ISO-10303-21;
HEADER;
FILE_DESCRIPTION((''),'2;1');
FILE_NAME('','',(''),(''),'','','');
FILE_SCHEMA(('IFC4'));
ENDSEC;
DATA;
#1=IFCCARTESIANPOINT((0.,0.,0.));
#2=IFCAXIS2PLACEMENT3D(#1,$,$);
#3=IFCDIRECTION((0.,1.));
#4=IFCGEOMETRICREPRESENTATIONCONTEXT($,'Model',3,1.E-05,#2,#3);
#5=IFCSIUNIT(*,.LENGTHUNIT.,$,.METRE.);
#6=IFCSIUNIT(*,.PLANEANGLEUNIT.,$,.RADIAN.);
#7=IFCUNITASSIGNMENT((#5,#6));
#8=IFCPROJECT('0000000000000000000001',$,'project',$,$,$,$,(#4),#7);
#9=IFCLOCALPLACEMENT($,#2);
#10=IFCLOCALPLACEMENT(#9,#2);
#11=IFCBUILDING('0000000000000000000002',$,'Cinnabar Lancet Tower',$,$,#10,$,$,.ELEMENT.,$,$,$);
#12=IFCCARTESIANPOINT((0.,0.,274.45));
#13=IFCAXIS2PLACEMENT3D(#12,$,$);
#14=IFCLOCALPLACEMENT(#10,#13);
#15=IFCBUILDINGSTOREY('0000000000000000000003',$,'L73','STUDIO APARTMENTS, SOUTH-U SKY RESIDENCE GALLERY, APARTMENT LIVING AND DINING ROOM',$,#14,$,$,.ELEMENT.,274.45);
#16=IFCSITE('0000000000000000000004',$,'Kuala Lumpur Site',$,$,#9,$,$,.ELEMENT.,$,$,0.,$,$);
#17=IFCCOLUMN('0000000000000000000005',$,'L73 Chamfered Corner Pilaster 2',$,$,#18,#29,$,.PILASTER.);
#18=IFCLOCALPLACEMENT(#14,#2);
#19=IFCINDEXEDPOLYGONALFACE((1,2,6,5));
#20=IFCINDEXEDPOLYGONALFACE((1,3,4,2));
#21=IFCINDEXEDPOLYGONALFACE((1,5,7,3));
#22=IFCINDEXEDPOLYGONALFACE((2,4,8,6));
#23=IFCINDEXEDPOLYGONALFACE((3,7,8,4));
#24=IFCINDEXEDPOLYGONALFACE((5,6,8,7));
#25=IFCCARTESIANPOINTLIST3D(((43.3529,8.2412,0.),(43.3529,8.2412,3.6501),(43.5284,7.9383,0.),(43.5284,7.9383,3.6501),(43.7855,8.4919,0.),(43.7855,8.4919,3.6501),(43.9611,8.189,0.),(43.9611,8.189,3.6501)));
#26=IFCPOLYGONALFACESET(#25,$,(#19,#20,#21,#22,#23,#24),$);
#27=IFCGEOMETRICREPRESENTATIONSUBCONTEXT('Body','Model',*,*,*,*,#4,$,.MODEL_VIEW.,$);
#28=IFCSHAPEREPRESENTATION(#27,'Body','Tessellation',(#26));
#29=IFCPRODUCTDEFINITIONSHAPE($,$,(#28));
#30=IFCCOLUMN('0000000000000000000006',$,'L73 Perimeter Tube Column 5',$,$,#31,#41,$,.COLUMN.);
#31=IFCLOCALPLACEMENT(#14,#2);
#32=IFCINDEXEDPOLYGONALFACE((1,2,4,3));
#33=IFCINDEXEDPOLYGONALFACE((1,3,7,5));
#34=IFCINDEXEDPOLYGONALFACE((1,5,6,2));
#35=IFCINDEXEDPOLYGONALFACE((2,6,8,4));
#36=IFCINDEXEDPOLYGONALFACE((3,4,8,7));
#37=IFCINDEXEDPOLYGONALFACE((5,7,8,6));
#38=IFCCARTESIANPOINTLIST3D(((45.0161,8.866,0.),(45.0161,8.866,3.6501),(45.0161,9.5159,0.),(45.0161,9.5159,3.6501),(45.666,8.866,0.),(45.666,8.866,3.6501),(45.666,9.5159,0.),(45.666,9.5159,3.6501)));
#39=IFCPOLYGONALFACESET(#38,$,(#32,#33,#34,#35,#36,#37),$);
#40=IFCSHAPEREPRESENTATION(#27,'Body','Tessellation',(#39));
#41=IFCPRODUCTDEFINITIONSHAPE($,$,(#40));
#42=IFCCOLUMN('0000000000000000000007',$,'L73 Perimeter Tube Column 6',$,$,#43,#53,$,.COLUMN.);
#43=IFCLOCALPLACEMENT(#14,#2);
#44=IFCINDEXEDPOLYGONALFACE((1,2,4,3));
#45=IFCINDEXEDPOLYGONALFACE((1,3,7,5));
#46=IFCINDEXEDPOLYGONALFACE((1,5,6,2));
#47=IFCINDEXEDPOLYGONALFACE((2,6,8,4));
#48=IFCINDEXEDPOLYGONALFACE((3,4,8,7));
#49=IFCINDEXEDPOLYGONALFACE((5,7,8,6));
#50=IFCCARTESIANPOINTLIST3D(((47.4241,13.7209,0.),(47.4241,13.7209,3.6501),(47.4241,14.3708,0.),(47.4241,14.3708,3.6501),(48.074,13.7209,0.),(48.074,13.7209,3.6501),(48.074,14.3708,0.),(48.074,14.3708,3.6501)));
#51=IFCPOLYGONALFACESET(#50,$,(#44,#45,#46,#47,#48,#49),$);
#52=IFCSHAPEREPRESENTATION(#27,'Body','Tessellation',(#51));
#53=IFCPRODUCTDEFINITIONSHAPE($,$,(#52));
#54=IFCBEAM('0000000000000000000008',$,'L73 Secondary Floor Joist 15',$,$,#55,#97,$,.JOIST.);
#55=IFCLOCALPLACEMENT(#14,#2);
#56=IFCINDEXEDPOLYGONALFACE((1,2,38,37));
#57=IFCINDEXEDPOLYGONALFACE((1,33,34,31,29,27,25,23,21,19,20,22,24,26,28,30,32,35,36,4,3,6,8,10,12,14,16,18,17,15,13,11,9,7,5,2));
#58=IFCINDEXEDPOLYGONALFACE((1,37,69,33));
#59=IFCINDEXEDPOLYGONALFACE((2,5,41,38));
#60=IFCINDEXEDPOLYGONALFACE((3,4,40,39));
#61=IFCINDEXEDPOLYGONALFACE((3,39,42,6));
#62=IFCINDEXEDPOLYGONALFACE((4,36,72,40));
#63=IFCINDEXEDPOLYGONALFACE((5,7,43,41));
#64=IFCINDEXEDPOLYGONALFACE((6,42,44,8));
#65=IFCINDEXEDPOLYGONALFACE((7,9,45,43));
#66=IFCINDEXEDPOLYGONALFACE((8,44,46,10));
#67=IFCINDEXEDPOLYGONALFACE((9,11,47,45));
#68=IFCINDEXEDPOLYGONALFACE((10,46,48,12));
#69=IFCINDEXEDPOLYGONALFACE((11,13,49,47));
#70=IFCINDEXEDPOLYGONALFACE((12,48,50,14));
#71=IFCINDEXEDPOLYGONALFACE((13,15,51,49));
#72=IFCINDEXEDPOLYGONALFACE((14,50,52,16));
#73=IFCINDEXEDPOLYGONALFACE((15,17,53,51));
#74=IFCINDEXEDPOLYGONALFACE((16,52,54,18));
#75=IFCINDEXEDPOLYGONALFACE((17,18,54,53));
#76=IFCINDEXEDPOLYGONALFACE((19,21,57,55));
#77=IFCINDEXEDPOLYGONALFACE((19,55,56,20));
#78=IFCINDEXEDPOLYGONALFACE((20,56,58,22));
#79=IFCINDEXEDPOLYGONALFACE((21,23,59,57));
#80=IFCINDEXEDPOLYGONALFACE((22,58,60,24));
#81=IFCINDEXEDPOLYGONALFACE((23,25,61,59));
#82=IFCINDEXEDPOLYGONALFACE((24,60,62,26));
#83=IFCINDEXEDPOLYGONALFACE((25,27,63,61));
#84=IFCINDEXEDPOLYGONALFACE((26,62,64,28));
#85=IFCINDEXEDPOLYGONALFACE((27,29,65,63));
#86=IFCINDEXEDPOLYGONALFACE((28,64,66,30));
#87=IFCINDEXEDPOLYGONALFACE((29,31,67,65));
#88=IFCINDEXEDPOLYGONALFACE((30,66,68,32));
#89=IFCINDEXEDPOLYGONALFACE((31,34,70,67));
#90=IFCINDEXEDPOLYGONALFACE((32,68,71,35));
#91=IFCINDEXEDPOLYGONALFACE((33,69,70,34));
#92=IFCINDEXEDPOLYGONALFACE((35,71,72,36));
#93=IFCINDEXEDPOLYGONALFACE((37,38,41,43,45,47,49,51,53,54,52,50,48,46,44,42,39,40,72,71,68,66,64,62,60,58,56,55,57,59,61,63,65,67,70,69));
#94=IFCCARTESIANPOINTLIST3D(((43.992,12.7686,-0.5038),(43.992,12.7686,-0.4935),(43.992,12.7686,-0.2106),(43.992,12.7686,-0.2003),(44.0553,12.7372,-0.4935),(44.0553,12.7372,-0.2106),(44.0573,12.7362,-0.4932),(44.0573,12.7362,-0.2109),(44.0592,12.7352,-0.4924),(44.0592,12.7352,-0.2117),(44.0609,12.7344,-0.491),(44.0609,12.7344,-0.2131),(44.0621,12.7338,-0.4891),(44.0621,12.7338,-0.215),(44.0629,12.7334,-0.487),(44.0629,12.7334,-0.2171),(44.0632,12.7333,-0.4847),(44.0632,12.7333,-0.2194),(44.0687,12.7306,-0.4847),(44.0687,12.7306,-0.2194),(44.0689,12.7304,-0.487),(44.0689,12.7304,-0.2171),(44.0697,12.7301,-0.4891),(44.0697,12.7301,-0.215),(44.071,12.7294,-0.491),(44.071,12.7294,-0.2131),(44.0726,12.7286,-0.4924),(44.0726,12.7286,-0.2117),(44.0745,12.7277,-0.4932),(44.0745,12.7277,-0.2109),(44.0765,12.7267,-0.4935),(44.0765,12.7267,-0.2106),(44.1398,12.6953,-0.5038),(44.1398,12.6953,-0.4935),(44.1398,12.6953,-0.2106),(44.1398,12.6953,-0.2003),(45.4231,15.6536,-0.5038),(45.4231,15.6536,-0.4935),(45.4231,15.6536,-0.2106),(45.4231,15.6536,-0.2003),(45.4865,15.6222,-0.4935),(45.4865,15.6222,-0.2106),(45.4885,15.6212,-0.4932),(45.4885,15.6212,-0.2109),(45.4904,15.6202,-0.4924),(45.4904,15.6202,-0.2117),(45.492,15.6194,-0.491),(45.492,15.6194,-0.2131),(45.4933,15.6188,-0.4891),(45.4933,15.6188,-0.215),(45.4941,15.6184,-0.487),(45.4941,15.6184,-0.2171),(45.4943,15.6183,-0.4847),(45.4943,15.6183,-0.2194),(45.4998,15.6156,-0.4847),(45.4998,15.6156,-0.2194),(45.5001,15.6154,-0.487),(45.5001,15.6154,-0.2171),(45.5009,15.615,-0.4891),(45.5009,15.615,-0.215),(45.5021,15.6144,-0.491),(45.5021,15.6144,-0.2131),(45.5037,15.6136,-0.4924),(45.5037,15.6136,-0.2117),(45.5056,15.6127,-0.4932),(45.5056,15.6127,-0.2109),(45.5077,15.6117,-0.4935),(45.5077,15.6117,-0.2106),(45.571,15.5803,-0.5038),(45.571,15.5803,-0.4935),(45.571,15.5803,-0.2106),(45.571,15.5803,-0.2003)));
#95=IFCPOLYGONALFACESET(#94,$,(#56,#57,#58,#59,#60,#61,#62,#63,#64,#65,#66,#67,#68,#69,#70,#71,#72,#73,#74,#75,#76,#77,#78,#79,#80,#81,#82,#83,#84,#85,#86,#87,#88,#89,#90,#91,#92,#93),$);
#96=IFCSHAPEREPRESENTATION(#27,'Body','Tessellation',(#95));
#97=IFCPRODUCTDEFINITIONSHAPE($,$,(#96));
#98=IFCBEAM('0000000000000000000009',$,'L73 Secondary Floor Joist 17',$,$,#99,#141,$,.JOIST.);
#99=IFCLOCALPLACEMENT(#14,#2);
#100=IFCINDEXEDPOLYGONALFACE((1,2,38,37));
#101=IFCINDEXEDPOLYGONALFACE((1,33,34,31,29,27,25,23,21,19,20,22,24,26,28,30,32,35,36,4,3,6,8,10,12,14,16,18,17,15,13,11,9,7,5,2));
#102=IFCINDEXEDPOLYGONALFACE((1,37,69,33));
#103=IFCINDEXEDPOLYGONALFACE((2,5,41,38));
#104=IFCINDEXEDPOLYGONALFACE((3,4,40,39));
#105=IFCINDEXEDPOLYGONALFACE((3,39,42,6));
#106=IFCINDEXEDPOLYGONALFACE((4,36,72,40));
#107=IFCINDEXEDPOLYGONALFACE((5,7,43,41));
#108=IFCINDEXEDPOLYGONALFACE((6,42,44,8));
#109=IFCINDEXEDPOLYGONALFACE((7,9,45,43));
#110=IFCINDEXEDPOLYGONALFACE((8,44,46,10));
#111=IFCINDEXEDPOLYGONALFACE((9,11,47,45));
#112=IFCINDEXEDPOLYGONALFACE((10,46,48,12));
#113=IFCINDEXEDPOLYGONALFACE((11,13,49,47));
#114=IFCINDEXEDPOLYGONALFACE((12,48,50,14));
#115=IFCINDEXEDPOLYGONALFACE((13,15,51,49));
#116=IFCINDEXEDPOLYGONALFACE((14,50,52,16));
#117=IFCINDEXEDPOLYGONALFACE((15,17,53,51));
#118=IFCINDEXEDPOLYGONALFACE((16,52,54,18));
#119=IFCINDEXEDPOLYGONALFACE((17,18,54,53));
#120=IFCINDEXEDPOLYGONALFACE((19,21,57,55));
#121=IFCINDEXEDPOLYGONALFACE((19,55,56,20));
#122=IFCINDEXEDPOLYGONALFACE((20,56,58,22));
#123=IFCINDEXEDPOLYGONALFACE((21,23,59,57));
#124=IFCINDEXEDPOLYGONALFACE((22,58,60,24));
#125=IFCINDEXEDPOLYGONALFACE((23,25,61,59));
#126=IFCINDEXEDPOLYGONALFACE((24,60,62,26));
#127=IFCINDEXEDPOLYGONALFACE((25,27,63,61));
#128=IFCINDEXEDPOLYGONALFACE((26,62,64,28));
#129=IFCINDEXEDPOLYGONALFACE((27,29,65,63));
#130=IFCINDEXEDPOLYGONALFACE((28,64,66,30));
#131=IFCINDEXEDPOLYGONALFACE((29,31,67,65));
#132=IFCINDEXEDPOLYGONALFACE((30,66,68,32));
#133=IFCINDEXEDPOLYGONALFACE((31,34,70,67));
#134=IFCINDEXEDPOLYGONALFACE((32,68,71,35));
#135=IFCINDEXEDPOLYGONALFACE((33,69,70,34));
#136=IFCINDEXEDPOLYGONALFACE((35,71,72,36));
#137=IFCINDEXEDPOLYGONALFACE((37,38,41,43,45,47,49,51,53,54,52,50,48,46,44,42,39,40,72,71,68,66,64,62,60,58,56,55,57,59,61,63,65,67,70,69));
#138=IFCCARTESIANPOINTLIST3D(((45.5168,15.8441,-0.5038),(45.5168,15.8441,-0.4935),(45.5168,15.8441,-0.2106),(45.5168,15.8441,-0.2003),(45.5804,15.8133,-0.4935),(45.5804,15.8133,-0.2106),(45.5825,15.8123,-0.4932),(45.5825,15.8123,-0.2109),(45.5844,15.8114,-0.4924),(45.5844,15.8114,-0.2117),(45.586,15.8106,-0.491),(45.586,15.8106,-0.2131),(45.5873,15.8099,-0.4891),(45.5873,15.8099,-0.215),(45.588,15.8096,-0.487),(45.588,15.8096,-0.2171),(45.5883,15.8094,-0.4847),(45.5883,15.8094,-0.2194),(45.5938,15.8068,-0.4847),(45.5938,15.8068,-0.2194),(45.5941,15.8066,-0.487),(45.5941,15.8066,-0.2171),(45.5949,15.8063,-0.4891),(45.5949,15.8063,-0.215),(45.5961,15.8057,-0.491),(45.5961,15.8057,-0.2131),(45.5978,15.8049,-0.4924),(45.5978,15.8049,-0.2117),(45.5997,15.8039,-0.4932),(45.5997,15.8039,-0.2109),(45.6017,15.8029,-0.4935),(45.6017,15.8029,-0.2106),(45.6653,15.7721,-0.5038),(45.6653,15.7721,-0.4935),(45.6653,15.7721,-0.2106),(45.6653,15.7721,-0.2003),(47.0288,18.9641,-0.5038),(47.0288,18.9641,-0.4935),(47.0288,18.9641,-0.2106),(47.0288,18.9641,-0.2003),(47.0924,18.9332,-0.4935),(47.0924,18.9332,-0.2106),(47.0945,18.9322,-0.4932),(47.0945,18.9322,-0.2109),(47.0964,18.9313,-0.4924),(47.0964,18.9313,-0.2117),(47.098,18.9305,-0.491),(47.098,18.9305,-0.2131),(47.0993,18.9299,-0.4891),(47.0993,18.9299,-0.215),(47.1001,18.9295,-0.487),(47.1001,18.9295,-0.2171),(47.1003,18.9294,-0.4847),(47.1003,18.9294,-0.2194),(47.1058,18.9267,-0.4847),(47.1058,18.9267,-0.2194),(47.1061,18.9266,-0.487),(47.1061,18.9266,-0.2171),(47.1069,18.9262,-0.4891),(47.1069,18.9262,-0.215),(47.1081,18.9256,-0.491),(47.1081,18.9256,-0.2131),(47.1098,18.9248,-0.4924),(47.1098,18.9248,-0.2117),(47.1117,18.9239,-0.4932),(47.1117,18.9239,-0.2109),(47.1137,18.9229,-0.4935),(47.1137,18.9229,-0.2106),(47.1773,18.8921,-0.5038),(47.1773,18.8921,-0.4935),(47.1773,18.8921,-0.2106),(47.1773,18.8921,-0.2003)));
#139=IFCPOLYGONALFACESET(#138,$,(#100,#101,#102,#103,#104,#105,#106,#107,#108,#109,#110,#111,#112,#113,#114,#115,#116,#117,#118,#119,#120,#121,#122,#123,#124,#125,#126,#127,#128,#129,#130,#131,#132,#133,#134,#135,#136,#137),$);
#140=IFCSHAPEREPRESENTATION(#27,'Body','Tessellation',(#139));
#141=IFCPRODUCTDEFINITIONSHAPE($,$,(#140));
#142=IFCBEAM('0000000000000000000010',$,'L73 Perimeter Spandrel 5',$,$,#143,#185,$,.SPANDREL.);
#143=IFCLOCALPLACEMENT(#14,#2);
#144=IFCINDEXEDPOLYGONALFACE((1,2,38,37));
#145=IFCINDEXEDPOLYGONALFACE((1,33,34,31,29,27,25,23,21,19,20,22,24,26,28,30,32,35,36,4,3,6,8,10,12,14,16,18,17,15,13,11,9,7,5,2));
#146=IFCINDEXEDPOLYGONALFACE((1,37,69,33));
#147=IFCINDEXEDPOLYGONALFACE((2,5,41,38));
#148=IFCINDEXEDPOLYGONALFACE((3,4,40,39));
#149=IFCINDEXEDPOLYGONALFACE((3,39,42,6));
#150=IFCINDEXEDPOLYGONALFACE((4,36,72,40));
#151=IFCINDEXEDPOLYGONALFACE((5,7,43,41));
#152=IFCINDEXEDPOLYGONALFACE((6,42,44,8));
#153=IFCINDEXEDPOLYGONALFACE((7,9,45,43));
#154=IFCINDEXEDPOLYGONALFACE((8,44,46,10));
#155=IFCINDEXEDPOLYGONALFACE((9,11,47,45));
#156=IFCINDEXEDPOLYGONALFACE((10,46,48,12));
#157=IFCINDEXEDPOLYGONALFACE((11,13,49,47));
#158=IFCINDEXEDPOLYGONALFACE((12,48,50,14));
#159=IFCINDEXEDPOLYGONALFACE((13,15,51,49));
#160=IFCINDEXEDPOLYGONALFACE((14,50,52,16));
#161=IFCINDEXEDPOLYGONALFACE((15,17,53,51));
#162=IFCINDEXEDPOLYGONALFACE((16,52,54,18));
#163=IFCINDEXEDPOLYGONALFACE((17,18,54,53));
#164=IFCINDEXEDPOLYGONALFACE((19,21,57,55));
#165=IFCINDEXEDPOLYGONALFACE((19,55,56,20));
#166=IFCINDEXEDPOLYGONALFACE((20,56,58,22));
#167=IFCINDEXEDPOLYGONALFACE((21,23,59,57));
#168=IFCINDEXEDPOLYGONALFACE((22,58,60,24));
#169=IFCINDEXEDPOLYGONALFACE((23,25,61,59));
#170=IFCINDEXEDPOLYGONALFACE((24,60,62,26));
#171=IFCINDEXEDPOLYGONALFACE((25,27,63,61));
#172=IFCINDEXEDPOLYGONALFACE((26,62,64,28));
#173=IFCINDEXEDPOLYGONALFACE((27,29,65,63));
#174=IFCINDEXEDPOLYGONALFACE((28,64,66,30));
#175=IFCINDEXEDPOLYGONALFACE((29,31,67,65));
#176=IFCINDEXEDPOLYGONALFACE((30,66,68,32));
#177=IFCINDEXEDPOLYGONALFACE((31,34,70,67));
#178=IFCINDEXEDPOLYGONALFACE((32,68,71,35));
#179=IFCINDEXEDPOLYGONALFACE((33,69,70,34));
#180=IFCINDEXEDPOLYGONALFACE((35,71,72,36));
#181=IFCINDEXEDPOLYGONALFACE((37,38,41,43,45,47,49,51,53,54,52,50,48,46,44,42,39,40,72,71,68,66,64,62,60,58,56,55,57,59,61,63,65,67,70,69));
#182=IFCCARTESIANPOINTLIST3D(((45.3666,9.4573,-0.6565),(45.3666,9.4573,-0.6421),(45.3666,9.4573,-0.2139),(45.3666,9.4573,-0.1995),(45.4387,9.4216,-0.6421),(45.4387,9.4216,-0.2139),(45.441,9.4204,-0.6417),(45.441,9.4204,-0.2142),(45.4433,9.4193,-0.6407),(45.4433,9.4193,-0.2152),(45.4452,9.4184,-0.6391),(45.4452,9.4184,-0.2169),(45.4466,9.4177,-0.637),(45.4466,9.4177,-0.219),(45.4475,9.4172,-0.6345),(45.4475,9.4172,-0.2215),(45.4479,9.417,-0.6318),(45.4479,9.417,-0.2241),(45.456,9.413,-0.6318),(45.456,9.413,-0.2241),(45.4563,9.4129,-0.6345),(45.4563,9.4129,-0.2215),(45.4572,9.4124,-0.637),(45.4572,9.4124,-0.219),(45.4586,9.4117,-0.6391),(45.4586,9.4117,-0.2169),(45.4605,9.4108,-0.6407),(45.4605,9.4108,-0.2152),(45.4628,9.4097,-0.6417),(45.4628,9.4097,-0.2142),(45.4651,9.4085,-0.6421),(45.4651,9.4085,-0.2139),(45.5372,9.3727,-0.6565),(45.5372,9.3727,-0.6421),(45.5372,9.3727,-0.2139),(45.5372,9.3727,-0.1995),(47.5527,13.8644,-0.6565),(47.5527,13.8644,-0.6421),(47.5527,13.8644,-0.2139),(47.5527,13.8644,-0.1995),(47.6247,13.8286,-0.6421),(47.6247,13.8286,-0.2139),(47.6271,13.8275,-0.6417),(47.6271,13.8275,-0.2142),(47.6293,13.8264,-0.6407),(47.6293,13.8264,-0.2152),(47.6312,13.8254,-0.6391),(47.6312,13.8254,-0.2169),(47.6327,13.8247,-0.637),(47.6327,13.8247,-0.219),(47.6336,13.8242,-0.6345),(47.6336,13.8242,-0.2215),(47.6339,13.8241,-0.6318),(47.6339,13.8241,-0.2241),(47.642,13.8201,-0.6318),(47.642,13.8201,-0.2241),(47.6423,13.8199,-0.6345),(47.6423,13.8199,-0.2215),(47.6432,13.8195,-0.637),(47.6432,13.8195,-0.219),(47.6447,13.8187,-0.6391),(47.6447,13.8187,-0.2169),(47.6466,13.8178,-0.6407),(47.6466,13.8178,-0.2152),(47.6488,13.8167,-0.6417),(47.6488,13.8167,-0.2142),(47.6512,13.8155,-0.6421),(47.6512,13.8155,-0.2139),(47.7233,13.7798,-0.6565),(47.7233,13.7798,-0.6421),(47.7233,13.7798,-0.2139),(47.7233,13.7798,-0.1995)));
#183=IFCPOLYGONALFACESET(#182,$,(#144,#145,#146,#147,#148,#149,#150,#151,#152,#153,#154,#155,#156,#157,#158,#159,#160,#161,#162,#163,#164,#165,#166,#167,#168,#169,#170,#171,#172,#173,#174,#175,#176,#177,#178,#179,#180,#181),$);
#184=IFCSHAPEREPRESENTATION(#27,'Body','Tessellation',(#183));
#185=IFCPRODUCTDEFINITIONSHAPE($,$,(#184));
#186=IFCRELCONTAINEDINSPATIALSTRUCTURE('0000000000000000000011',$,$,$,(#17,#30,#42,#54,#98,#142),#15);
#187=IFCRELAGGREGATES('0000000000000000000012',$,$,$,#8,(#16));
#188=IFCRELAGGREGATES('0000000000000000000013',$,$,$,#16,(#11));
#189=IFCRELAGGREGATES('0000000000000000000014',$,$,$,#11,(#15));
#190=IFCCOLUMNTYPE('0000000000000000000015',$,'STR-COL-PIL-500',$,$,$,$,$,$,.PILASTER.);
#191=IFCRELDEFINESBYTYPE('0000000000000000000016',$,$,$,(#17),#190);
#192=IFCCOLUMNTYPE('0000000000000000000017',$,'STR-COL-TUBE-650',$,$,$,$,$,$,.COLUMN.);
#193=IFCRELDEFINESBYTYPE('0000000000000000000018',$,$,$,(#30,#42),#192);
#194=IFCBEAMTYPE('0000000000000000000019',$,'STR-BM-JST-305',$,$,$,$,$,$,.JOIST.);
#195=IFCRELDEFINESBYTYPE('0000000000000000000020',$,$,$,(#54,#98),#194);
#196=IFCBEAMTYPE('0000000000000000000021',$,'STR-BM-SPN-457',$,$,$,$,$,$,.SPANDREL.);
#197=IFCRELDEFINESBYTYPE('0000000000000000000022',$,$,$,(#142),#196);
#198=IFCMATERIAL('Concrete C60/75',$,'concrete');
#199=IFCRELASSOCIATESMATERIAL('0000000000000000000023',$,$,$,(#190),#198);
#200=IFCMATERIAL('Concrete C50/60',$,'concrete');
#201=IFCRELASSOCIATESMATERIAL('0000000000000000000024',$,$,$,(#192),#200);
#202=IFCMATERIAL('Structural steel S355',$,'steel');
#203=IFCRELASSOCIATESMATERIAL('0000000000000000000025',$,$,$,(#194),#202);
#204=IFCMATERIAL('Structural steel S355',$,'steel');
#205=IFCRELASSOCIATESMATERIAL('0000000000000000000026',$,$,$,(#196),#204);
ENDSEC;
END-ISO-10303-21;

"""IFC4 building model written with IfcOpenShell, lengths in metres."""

from ifc_helpers import new_model, si_unit, direction, frame, origin, origin_2d, place, context, subcontext, project, spatial, rectangle, i_section, extrude, material, material_profile, profile_set, type_object, element, save


model = new_model("IFC4")

# Units and contexts
model_context = context("Model", 3, precision=1e-05, world=origin(), true_north=direction((0.0, 1.0)))
body_context = subcontext(model_context, "Body", "Model", "MODEL_VIEW")
ifc_project = project(units=[si_unit("LENGTHUNIT", "METRE"), si_unit("PLANEANGLEUNIT", "RADIAN")], contexts=[model_context])

# Site, building, storey
site_placement = place(None, origin())
site = spatial("IfcSite", under=ifc_project, at=site_placement, Name="Kuala Lumpur Site", CompositionType="ELEMENT", RefElevation=0.0)
building_placement = place(site_placement, origin())
building = spatial("IfcBuilding", under=site, at=building_placement, Name="Cinnabar Lancet Tower", CompositionType="ELEMENT")
storey_placement = place(building_placement, frame((0.0, 0.0, 274.45)))
storey = spatial("IfcBuildingStorey", under=building, at=storey_placement, Name="L73", Description="STUDIO APARTMENTS, SOUTH-U SKY RESIDENCE GALLERY, APARTMENT LIVING AND DINING ROOM", CompositionType="ELEMENT", Elevation=274.45)

# Columns
ifc_material_1 = material(Name="Concrete C60/75", Category="concrete")
ifc_material_profile_1 = material_profile(ifc_material_1, rectangle(XDim=0.5, YDim=0.3501, at=origin_2d()), Name="RC-PIL 500x350")
ifc_profile_set_1 = profile_set([ifc_material_profile_1], Name="Concrete C60/75")
column_type_1 = type_object("IfcColumnType", Name="STR-COL-PIL-500", PredefinedType="PILASTER", material=ifc_profile_set_1)
column_placement = place(storey_placement, frame((43.657, 8.2151, 0.0), z_axis=(0.0, 0.0, 1.0), x_axis=(0.865256, 0.50133, 0.0)))
element("IfcColumn", 1, at=column_placement, inside=storey, type_object=column_type_1, Name="L73 Chamfered Corner Pilaster 2", PredefinedType="PILASTER", context=body_context, shape_type="SweptSolid", body=[
    extrude(rectangle(XDim=0.5, YDim=0.3501, at=origin_2d()), origin(), (0.0, 0.0, 1.0), 3.6501),
])
ifc_material_2 = material(Name="Concrete C50/60", Category="concrete")
ifc_material_profile_2 = material_profile(ifc_material_2, rectangle(XDim=0.6499, YDim=0.6499, at=origin_2d()), Name="RC-COL 650x650")
ifc_profile_set_2 = profile_set([ifc_material_profile_2], Name="Concrete C50/60")
column_type_2 = type_object("IfcColumnType", Name="STR-COL-TUBE-650", PredefinedType="COLUMN", material=ifc_profile_set_2)
for number, where, z_axis, x_axis, name in (
    (2, (45.3411, 9.1909, 0.0), (0.0, 0.0, 1.0), (1.0, 0.0, 0.0), "L73 Perimeter Tube Column 5"),
    (3, (47.749, 14.0459, 0.0), (0.0, 0.0, 1.0), (1.0, 0.0, 0.0), "L73 Perimeter Tube Column 6"),
):
    element("IfcColumn", number, at=place(storey_placement, frame(where, z_axis=z_axis, x_axis=x_axis)), inside=storey, type_object=column_type_2, Name=name, PredefinedType="COLUMN", context=body_context, shape_type="SweptSolid", body=[
        extrude(rectangle(XDim=0.6499, YDim=0.6499, at=origin_2d()), origin(), (0.0, 0.0, 1.0), 3.6501),
    ])

# Beams
ifc_material_3 = material(Name="Structural steel S355", Category="steel")
ifc_material_profile_3 = material_profile(ifc_material_3, i_section(OverallWidth=0.165, OverallDepth=0.3035, WebThickness=0.0061, FlangeThickness=0.0103, FilletRadius=0.0088, at=origin_2d()), Name="UKB 305x165x40")
ifc_profile_set_3 = profile_set([ifc_material_profile_3], Name="Structural steel S355")
beam_type_1 = type_object("IfcBeamType", Name="STR-BM-JST-305", PredefinedType="JOIST", material=ifc_profile_set_3)
beam_1_placement = place(storey_placement, frame((44.0659, 12.7319, -0.3521), z_axis=(0.444391, 0.895833, 0.0), x_axis=(-0.895833, 0.444391, 0.0)))
element("IfcBeam", 4, at=beam_1_placement, inside=storey, type_object=beam_type_1, Name="L73 Secondary Floor Joist 15", PredefinedType="JOIST", context=body_context, shape_type="SweptSolid", body=[
    extrude(i_section(OverallWidth=0.165, OverallDepth=0.3035, WebThickness=0.0061, FlangeThickness=0.0103, FilletRadius=0.0088, at=origin_2d()), origin(), (0.0, 0.0, 1.0), 3.2205),
])
beam_2_placement = place(storey_placement, frame((45.5911, 15.8081, -0.3521), z_axis=(0.436109, 0.899894, 0.0), x_axis=(-0.899894, 0.436109, 0.0)))
element("IfcBeam", 5, at=beam_2_placement, inside=storey, type_object=beam_type_1, Name="L73 Secondary Floor Joist 17", PredefinedType="JOIST", context=body_context, shape_type="SweptSolid", body=[
    extrude(i_section(OverallWidth=0.165, OverallDepth=0.3035, WebThickness=0.0061, FlangeThickness=0.0103, FilletRadius=0.0088, at=origin_2d()), origin(), (0.0, 0.0, 1.0), 3.467),
])
ifc_material_4 = material(Name="Structural steel S355", Category="steel")
ifc_material_profile_4 = material_profile(ifc_material_4, i_section(OverallWidth=0.1904, OverallDepth=0.457, WebThickness=0.009, FlangeThickness=0.0144, FilletRadius=0.0103, at=origin_2d()), Name="UKB 457x191x74")
ifc_profile_set_4 = profile_set([ifc_material_profile_4], Name="Structural steel S355")
beam_type_2 = type_object("IfcBeamType", Name="STR-BM-SPN-457", PredefinedType="SPANDREL", material=ifc_profile_set_4)
beam_3_placement = place(storey_placement, frame((45.4519, 9.415, -0.428), z_axis=(0.444373, 0.895842, 0.0), x_axis=(-0.895842, 0.444373, 0.0)))
element("IfcBeam", 6, at=beam_3_placement, inside=storey, type_object=beam_type_2, Name="L73 Perimeter Spandrel 5", PredefinedType="SPANDREL", context=body_context, shape_type="SweptSolid", body=[
    extrude(i_section(OverallWidth=0.1904, OverallDepth=0.457, WebThickness=0.009, FlangeThickness=0.0144, FilletRadius=0.0103, at=origin_2d()), origin(), (0.0, 0.0, 1.0), 4.9194),
])

save(model, "model.ifc")
